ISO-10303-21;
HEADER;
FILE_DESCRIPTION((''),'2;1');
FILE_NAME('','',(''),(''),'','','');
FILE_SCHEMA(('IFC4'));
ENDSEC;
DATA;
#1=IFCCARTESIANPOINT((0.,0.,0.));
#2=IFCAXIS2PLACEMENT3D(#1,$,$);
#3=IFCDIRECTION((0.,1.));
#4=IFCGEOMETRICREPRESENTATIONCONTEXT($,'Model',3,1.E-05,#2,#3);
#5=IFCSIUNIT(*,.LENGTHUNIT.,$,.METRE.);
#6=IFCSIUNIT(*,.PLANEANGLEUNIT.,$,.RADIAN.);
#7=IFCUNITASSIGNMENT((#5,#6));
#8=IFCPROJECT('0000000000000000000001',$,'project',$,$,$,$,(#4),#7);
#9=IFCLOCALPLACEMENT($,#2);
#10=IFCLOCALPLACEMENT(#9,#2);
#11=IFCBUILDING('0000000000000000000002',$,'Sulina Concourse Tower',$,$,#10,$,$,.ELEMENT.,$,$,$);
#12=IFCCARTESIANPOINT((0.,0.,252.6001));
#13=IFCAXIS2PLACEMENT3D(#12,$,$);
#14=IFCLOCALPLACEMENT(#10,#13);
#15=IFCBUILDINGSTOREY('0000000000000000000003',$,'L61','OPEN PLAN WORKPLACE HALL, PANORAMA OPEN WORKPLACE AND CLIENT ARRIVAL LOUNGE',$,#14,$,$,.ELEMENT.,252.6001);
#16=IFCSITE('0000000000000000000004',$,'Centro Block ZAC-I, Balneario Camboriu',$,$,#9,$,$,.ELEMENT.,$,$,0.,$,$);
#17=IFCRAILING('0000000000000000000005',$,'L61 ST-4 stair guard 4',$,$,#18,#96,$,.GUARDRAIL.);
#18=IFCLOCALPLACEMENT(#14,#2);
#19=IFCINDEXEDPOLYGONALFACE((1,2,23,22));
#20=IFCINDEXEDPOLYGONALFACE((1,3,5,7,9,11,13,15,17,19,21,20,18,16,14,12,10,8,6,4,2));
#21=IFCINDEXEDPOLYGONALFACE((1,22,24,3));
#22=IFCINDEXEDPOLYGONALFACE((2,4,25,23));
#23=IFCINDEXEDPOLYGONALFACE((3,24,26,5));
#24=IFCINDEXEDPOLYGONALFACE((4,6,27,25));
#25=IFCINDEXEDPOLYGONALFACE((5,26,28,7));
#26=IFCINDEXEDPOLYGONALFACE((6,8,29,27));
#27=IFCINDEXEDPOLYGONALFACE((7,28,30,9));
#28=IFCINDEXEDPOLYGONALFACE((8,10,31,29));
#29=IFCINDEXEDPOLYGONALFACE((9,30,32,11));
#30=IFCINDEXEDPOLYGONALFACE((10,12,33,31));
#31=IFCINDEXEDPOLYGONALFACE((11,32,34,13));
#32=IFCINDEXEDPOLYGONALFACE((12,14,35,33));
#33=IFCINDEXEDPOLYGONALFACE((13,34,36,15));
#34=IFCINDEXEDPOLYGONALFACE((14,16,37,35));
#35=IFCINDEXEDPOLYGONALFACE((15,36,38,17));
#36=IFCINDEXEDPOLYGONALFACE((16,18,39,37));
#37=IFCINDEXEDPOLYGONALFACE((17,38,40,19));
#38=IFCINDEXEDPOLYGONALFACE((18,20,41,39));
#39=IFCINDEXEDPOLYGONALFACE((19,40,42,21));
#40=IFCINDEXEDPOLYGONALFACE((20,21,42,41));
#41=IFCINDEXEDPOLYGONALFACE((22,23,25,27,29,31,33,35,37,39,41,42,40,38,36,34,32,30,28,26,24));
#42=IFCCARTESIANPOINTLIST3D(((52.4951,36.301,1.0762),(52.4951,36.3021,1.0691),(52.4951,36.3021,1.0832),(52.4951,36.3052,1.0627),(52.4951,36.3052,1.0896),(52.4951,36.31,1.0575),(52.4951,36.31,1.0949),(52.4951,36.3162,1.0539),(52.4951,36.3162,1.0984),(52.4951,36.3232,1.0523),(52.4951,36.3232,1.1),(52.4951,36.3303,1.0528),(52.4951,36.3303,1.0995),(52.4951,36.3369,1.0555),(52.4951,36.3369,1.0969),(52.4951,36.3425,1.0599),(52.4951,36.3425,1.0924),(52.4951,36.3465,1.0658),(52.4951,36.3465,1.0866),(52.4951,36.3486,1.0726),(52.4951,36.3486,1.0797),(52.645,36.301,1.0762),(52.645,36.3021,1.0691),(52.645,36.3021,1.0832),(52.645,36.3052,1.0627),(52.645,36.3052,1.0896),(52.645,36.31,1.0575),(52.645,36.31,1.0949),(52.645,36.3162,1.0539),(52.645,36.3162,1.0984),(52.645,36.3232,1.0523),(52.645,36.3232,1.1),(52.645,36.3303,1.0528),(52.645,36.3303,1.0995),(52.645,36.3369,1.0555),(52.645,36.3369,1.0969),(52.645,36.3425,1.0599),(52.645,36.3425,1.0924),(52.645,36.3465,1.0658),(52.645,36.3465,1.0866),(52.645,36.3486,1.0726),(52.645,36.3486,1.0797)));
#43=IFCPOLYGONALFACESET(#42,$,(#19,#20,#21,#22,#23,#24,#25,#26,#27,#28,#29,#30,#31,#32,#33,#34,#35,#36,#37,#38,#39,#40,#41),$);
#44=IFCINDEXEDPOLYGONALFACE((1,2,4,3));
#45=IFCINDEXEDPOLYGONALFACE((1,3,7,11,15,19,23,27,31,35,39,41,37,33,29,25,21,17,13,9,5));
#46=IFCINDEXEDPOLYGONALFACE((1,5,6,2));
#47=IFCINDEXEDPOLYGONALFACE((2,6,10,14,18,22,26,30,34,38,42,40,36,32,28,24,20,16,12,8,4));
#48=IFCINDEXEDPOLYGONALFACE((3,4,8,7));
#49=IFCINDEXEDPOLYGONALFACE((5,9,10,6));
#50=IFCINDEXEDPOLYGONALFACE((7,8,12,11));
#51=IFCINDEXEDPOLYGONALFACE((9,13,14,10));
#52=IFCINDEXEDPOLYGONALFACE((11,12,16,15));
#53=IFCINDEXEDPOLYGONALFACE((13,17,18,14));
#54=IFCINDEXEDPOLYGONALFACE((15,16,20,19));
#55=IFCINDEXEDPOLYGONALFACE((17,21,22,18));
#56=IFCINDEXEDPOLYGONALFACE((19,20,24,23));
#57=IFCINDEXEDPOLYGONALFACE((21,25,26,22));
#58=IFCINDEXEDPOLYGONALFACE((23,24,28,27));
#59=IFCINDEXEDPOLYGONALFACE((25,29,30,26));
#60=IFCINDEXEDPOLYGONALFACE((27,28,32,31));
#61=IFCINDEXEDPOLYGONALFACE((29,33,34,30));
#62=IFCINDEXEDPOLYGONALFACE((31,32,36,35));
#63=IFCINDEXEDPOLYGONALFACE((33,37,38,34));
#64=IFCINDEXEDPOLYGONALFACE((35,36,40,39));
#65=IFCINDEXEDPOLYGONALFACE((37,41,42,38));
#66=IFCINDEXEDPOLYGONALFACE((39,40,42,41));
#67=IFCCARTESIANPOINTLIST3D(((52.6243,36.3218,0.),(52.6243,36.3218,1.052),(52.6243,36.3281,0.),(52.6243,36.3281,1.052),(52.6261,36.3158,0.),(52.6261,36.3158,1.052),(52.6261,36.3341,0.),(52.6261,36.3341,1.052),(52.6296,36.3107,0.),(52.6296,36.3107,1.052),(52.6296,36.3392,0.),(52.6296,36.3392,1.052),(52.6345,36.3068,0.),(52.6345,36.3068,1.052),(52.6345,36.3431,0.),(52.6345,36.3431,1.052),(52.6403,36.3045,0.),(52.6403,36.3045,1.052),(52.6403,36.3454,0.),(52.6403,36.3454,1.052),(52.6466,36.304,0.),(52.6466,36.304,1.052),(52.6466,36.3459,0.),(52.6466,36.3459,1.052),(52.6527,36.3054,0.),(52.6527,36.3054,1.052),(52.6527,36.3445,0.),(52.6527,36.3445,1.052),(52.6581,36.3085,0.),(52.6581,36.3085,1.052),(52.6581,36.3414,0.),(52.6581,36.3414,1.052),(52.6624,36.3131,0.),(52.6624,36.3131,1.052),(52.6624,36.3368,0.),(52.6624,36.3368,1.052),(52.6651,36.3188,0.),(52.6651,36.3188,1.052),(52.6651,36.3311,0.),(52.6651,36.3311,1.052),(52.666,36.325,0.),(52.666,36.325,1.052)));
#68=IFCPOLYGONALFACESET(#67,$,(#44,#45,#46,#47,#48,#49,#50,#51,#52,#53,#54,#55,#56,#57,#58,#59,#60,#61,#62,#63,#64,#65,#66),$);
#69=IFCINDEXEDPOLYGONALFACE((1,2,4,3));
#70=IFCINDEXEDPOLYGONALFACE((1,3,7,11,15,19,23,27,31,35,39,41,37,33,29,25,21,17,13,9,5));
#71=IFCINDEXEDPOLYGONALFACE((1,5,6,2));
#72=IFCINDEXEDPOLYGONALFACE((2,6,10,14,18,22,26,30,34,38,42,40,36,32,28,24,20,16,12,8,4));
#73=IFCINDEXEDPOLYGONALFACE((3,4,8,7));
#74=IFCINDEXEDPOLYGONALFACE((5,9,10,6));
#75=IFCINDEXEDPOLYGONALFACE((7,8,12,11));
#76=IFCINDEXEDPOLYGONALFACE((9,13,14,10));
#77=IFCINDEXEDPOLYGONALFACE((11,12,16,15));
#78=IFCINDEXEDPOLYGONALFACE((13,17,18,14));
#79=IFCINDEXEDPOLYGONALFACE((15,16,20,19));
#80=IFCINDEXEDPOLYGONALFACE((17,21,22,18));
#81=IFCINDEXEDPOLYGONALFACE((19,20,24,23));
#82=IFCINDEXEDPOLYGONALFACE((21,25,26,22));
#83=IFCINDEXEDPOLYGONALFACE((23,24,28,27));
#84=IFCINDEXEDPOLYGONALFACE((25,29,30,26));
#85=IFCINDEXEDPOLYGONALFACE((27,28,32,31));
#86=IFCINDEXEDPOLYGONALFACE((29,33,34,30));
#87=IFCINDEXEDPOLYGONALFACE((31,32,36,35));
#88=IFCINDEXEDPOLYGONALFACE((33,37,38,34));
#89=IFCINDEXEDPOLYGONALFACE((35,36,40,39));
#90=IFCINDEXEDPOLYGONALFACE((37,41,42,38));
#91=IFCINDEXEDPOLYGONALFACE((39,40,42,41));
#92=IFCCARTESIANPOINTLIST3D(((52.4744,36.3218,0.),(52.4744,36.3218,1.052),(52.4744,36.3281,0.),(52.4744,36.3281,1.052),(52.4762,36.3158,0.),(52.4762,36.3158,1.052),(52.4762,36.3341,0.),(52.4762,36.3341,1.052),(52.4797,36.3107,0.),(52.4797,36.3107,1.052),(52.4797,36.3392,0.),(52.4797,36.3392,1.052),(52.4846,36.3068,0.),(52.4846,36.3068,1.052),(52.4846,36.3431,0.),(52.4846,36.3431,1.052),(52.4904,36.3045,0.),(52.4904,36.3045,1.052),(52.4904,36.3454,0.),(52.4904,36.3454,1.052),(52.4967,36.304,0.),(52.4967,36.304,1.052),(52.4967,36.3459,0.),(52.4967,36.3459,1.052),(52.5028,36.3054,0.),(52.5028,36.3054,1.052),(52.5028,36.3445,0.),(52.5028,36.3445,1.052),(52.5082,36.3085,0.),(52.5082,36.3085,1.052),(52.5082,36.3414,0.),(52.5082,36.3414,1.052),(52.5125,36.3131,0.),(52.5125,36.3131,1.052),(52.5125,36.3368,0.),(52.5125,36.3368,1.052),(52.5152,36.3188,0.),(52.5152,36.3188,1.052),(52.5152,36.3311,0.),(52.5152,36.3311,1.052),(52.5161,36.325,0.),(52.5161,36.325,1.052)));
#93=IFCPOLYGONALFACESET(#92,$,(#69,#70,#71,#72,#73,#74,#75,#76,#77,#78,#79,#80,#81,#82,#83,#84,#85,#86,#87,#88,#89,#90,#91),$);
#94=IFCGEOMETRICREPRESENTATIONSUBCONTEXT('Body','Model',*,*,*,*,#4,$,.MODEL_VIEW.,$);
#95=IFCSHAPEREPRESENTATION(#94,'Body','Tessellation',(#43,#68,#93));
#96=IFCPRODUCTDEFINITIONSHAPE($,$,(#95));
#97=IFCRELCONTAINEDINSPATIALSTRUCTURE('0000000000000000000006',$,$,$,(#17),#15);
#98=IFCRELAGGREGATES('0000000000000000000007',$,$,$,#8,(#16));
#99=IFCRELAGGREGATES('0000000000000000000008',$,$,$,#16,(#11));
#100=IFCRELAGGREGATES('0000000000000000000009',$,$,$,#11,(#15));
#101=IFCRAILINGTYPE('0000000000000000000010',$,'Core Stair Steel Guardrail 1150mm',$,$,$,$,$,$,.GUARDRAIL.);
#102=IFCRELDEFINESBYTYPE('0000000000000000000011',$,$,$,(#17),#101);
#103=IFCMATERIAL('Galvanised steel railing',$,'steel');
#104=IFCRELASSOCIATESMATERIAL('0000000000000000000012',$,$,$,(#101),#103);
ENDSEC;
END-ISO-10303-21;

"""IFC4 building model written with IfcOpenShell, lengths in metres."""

from ifc_helpers import new_model, si_unit, direction, frame, origin, origin_2d, place, context, subcontext, project, spatial, circle, extrude, material, type_object, element, save


model = new_model("IFC4")

# Units and contexts
model_context = context("Model", 3, precision=1e-05, world=origin(), true_north=direction((0.0, 1.0)))
body_context = subcontext(model_context, "Body", "Model", "MODEL_VIEW")
ifc_project = project(units=[si_unit("LENGTHUNIT", "METRE"), si_unit("PLANEANGLEUNIT", "RADIAN")], contexts=[model_context])

# Site, building, storey
site_placement = place(None, origin())
site = spatial("IfcSite", under=ifc_project, at=site_placement, Name="Centro Block ZAC-I, Balneario Camboriu", CompositionType="ELEMENT", RefElevation=0.0)
building_placement = place(site_placement, origin())
building = spatial("IfcBuilding", under=site, at=building_placement, Name="Sulina Concourse Tower", CompositionType="ELEMENT")
storey_placement = place(building_placement, frame((0.0, 0.0, 252.6001)))
storey = spatial("IfcBuildingStorey", under=building, at=storey_placement, Name="L61", Description="OPEN PLAN WORKPLACE HALL, PANORAMA OPEN WORKPLACE AND CLIENT ARRIVAL LOUNGE", CompositionType="ELEMENT", Elevation=252.6001)

# Railing
ifc_material_1 = material(Name="Galvanised steel railing", Category="steel")
railing_type_1 = type_object("IfcRailingType", Name="Core Stair Steel Guardrail 1150mm", PredefinedType="GUARDRAIL", material=ifc_material_1)
railing_1_placement = place(storey_placement, frame((52.645, 36.325, 0.0)))
element("IfcRailing", 1, at=railing_1_placement, inside=storey, type_object=railing_type_1, Name="L61 ST-4 stair guard 4", PredefinedType="GUARDRAIL", context=body_context, shape_type="SweptSolid", body=[
    extrude(circle(Radius=0.0239, at=origin_2d()), frame((0.0, 0.0, 1.0762), z_axis=(-1.0, 0.0, 0.0), x_axis=(0.0, -1.0, 0.0)), (0.0, 0.0, 1.0), 0.1499),
    extrude(circle(Radius=0.021, at=origin_2d()), origin(), (0.0, 0.0, 1.0), 1.052),
    extrude(circle(Radius=0.021, at=origin_2d()), frame((-0.1499, 0.0, 0.0)), (0.0, 0.0, 1.0), 1.052),
])

save(model, "model.ifc")
